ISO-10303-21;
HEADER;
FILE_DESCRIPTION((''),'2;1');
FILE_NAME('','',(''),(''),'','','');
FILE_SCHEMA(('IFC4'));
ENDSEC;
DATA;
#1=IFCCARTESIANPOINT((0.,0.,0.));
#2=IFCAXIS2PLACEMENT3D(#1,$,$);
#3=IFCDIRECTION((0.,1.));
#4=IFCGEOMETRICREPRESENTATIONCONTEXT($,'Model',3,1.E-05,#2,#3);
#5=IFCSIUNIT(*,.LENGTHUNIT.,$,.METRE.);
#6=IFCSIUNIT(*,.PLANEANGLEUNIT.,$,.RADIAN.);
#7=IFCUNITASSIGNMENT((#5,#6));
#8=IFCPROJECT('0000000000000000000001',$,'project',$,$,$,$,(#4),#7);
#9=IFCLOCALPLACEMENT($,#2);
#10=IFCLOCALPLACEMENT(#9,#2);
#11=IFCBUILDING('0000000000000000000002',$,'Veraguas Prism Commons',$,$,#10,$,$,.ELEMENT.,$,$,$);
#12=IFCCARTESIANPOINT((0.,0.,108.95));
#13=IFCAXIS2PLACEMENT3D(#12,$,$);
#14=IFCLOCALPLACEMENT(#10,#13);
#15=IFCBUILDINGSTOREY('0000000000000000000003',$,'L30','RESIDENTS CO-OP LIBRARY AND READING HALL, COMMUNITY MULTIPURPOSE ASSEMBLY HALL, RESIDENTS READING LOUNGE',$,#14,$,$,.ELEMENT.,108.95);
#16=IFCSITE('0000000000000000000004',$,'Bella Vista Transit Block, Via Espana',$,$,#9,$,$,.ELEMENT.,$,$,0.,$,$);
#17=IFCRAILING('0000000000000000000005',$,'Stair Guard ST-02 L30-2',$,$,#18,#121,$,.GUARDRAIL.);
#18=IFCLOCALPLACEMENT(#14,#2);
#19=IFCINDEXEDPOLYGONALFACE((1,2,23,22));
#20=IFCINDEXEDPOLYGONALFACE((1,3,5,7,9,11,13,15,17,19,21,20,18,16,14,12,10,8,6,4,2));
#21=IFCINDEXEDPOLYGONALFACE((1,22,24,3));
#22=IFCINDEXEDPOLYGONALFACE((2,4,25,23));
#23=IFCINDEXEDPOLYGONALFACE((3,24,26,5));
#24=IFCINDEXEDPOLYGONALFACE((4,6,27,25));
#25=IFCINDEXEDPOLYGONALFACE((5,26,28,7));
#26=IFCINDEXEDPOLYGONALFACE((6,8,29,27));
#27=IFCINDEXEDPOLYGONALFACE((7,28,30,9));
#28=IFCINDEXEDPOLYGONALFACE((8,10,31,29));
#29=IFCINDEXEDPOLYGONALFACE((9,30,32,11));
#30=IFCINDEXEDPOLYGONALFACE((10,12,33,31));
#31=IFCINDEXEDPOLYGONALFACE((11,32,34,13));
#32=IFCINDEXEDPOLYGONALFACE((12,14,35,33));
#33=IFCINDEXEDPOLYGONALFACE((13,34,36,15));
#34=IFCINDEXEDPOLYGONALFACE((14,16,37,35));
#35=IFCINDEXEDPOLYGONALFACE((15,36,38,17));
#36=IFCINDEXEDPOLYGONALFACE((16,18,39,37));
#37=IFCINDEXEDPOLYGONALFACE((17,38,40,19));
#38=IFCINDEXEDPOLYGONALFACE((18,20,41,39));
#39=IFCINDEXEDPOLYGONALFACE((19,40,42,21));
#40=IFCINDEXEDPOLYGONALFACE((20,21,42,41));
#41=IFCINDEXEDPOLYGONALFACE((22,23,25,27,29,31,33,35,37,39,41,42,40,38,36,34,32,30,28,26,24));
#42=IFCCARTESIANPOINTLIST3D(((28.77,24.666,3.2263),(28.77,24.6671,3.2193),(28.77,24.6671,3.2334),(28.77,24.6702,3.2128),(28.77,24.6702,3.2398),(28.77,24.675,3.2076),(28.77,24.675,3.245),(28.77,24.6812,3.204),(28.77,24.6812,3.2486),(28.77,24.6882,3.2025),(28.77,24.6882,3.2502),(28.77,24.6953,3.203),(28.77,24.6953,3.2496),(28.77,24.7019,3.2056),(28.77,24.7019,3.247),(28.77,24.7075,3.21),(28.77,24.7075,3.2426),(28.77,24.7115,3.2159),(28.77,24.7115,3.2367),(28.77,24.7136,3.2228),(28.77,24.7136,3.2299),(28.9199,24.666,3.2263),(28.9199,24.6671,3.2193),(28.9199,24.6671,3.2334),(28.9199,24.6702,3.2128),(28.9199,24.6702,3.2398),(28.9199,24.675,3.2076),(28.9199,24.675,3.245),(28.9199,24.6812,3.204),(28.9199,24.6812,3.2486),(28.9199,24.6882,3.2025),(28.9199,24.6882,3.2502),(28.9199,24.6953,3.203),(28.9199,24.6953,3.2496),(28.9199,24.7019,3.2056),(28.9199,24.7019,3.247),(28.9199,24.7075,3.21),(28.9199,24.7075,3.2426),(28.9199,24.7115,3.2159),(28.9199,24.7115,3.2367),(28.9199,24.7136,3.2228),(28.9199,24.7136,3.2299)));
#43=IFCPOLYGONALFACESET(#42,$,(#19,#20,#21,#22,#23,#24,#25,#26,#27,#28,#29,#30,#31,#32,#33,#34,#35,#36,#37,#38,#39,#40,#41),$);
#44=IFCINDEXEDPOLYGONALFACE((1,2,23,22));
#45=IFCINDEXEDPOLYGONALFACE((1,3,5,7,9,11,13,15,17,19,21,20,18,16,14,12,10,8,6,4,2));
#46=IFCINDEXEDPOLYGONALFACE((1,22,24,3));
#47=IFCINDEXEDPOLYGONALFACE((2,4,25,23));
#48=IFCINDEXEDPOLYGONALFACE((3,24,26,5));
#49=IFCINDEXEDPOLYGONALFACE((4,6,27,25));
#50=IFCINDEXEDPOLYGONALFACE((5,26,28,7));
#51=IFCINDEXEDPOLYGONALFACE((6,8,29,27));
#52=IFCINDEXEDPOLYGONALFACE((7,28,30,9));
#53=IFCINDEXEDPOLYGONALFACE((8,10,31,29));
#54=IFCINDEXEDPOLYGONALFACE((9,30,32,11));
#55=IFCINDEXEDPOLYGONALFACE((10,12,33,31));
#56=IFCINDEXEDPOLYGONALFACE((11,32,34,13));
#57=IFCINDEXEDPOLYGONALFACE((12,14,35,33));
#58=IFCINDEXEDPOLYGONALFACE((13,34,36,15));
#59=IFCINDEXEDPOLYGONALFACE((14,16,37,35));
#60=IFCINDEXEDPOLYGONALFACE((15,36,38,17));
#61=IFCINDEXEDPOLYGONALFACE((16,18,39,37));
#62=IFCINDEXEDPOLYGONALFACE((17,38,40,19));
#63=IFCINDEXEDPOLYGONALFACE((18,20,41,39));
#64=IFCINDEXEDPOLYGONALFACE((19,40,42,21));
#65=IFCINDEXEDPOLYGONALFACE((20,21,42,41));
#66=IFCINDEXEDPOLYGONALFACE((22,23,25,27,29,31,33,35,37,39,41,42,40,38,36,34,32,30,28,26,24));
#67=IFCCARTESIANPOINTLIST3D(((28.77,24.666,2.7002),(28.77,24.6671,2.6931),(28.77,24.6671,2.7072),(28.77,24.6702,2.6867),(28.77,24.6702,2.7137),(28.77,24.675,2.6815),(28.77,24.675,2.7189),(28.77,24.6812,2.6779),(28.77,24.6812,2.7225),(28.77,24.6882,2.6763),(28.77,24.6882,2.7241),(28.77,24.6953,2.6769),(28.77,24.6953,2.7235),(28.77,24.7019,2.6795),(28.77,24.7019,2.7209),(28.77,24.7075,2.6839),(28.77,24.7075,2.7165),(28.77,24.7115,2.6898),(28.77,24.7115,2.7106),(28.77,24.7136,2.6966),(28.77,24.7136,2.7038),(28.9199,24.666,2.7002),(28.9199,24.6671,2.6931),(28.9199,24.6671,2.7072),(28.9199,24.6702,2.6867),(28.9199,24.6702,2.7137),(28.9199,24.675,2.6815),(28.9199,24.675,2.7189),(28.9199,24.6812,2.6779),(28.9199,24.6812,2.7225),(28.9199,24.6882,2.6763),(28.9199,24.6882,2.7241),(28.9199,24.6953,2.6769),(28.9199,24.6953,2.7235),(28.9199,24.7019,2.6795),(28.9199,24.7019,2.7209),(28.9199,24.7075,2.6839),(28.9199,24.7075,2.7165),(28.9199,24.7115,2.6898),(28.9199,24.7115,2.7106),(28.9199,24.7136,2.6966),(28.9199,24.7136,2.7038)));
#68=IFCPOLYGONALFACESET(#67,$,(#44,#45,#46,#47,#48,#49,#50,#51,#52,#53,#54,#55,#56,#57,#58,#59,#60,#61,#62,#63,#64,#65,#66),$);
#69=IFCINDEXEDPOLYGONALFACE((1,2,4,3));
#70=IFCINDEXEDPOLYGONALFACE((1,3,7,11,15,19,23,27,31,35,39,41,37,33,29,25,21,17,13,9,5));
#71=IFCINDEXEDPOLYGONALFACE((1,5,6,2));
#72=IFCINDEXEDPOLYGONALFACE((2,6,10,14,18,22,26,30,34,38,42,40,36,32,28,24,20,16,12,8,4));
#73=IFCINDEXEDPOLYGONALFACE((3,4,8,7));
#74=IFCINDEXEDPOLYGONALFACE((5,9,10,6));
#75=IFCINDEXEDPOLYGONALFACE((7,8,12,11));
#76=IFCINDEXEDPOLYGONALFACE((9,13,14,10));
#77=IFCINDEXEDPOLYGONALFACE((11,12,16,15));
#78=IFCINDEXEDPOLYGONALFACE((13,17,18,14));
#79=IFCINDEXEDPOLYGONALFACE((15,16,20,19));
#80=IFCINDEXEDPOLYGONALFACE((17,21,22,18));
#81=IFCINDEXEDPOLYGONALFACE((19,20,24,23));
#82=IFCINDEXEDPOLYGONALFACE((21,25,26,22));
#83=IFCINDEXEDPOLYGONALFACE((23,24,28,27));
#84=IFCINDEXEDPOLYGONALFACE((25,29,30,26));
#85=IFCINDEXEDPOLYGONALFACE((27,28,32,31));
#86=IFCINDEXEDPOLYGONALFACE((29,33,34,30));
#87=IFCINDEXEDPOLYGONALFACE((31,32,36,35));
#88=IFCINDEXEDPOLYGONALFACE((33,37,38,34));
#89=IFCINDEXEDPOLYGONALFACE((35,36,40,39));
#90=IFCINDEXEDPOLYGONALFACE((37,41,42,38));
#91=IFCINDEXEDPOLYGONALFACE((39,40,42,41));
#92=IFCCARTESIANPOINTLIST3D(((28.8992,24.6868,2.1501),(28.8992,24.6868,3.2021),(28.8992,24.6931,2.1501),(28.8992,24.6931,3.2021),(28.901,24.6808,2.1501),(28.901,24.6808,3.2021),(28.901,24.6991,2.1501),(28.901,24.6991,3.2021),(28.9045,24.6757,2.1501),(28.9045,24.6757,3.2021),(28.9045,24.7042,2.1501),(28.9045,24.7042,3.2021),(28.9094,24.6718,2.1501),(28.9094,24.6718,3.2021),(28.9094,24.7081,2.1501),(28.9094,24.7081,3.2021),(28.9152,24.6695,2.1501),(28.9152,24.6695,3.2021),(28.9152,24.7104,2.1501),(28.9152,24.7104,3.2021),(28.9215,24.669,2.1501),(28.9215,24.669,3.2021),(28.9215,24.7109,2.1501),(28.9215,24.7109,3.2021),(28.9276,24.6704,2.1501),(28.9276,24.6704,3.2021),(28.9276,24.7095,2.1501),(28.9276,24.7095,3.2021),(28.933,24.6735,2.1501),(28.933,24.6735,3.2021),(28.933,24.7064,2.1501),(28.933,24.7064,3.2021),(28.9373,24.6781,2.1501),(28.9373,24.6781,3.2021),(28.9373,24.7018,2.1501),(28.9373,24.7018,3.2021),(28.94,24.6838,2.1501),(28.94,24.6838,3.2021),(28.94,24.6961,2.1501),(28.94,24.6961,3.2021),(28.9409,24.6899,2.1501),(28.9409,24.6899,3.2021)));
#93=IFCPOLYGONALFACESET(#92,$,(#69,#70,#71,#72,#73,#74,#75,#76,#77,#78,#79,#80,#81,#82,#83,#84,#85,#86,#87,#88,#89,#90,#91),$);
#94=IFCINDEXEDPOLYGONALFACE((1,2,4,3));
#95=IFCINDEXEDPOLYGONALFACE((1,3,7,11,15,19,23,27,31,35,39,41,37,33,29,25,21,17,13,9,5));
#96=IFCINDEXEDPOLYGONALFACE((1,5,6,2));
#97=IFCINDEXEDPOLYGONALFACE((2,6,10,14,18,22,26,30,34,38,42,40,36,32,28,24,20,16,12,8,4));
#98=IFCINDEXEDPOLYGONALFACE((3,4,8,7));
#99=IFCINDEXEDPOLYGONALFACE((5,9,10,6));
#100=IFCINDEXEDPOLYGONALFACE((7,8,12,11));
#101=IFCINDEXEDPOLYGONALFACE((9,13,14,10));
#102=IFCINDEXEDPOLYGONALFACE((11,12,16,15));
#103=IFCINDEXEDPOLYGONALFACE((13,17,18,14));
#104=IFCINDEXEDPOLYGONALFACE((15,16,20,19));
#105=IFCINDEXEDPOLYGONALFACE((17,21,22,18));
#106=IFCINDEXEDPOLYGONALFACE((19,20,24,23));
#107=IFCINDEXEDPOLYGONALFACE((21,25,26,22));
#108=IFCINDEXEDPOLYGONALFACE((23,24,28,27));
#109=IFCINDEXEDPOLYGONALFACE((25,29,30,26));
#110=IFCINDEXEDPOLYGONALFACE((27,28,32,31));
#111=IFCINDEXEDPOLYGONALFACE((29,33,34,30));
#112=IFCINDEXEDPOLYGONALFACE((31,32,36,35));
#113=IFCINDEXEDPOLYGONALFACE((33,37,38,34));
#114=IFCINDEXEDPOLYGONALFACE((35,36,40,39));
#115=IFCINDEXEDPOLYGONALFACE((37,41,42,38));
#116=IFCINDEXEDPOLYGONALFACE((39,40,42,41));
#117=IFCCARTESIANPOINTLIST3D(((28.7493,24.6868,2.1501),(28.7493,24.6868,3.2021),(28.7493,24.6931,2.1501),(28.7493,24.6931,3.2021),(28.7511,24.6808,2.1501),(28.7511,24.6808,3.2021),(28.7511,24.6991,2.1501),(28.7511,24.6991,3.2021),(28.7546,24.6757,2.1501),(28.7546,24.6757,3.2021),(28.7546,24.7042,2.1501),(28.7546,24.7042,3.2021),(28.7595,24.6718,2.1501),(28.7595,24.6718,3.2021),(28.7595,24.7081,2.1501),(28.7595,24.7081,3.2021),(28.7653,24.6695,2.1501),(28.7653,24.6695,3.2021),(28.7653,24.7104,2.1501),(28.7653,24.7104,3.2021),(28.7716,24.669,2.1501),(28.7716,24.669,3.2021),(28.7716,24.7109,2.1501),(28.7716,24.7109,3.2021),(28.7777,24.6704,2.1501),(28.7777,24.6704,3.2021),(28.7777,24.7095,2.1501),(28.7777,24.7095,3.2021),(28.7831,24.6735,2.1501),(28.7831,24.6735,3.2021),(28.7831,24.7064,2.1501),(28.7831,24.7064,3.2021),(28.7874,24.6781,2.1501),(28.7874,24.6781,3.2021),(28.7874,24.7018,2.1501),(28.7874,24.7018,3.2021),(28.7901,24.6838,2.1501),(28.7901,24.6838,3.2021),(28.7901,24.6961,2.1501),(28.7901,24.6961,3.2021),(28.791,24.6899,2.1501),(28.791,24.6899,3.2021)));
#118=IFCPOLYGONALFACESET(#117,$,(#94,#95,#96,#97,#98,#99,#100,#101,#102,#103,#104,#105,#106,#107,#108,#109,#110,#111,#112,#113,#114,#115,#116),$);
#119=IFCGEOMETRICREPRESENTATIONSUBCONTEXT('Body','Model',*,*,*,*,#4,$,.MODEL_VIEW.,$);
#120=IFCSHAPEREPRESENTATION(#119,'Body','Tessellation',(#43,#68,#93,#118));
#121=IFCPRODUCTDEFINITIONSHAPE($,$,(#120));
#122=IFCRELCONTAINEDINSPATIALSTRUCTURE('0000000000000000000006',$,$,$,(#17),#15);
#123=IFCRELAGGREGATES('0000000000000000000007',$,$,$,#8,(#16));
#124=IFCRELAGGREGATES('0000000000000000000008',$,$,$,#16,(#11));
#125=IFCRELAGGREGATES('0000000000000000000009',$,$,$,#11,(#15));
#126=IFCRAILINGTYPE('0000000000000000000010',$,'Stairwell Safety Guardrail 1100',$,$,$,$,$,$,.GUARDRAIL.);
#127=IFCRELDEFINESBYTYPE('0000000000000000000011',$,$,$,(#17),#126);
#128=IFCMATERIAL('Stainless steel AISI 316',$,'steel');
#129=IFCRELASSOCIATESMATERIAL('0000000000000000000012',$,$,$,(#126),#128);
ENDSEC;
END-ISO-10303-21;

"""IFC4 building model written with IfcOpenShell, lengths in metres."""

from ifc_helpers import new_model, si_unit, direction, frame, origin, origin_2d, place, context, subcontext, project, spatial, circle, extrude, material, type_object, element, save


model = new_model("IFC4")

# Units and contexts
model_context = context("Model", 3, precision=1e-05, world=origin(), true_north=direction((0.0, 1.0)))
body_context = subcontext(model_context, "Body", "Model", "MODEL_VIEW")
ifc_project = project(units=[si_unit("LENGTHUNIT", "METRE"), si_unit("PLANEANGLEUNIT", "RADIAN")], contexts=[model_context])

# Site, building, storey
site_placement = place(None, origin())
site = spatial("IfcSite", under=ifc_project, at=site_placement, Name="Bella Vista Transit Block, Via Espana", CompositionType="ELEMENT", RefElevation=0.0)
building_placement = place(site_placement, origin())
building = spatial("IfcBuilding", under=site, at=building_placement, Name="Veraguas Prism Commons", CompositionType="ELEMENT")
storey_placement = place(building_placement, frame((0.0, 0.0, 108.95)))
storey = spatial("IfcBuildingStorey", under=building, at=storey_placement, Name="L30", Description="RESIDENTS CO-OP LIBRARY AND READING HALL, COMMUNITY MULTIPURPOSE ASSEMBLY HALL, RESIDENTS READING LOUNGE", CompositionType="ELEMENT", Elevation=108.95)

# Shared definitions
ifc_material_1 = material(Name="Stainless steel AISI 316", Category="steel")

# Railing
railing_type_1 = type_object("IfcRailingType", Name="Stairwell Safety Guardrail 1100", PredefinedType="GUARDRAIL", material=ifc_material_1)
railing_1_placement = place(storey_placement, frame((28.9199, 24.6899, 2.1501)))
element("IfcRailing", 1, at=railing_1_placement, inside=storey, type_object=railing_type_1, Name="Stair Guard ST-02 L30-2", PredefinedType="GUARDRAIL", context=body_context, shape_type="SweptSolid", body=[
    extrude(circle(Radius=0.0239, at=origin_2d()), frame((0.0, 0.0, 1.0762), z_axis=(-1.0, 0.0, 0.0), x_axis=(0.0, -1.0, 0.0)), (0.0, 0.0, 1.0), 0.1499),
    extrude(circle(Radius=0.0239, at=origin_2d()), frame((0.0, 0.0, 0.55), z_axis=(-1.0, 0.0, 0.0), x_axis=(0.0, -1.0, 0.0)), (0.0, 0.0, 1.0), 0.1499),
    extrude(circle(Radius=0.021, at=origin_2d()), origin(), (0.0, 0.0, 1.0), 1.052),
    extrude(circle(Radius=0.021, at=origin_2d()), frame((-0.1499, 0.0, 0.0)), (0.0, 0.0, 1.0), 1.052),
])

save(model, "model.ifc")
